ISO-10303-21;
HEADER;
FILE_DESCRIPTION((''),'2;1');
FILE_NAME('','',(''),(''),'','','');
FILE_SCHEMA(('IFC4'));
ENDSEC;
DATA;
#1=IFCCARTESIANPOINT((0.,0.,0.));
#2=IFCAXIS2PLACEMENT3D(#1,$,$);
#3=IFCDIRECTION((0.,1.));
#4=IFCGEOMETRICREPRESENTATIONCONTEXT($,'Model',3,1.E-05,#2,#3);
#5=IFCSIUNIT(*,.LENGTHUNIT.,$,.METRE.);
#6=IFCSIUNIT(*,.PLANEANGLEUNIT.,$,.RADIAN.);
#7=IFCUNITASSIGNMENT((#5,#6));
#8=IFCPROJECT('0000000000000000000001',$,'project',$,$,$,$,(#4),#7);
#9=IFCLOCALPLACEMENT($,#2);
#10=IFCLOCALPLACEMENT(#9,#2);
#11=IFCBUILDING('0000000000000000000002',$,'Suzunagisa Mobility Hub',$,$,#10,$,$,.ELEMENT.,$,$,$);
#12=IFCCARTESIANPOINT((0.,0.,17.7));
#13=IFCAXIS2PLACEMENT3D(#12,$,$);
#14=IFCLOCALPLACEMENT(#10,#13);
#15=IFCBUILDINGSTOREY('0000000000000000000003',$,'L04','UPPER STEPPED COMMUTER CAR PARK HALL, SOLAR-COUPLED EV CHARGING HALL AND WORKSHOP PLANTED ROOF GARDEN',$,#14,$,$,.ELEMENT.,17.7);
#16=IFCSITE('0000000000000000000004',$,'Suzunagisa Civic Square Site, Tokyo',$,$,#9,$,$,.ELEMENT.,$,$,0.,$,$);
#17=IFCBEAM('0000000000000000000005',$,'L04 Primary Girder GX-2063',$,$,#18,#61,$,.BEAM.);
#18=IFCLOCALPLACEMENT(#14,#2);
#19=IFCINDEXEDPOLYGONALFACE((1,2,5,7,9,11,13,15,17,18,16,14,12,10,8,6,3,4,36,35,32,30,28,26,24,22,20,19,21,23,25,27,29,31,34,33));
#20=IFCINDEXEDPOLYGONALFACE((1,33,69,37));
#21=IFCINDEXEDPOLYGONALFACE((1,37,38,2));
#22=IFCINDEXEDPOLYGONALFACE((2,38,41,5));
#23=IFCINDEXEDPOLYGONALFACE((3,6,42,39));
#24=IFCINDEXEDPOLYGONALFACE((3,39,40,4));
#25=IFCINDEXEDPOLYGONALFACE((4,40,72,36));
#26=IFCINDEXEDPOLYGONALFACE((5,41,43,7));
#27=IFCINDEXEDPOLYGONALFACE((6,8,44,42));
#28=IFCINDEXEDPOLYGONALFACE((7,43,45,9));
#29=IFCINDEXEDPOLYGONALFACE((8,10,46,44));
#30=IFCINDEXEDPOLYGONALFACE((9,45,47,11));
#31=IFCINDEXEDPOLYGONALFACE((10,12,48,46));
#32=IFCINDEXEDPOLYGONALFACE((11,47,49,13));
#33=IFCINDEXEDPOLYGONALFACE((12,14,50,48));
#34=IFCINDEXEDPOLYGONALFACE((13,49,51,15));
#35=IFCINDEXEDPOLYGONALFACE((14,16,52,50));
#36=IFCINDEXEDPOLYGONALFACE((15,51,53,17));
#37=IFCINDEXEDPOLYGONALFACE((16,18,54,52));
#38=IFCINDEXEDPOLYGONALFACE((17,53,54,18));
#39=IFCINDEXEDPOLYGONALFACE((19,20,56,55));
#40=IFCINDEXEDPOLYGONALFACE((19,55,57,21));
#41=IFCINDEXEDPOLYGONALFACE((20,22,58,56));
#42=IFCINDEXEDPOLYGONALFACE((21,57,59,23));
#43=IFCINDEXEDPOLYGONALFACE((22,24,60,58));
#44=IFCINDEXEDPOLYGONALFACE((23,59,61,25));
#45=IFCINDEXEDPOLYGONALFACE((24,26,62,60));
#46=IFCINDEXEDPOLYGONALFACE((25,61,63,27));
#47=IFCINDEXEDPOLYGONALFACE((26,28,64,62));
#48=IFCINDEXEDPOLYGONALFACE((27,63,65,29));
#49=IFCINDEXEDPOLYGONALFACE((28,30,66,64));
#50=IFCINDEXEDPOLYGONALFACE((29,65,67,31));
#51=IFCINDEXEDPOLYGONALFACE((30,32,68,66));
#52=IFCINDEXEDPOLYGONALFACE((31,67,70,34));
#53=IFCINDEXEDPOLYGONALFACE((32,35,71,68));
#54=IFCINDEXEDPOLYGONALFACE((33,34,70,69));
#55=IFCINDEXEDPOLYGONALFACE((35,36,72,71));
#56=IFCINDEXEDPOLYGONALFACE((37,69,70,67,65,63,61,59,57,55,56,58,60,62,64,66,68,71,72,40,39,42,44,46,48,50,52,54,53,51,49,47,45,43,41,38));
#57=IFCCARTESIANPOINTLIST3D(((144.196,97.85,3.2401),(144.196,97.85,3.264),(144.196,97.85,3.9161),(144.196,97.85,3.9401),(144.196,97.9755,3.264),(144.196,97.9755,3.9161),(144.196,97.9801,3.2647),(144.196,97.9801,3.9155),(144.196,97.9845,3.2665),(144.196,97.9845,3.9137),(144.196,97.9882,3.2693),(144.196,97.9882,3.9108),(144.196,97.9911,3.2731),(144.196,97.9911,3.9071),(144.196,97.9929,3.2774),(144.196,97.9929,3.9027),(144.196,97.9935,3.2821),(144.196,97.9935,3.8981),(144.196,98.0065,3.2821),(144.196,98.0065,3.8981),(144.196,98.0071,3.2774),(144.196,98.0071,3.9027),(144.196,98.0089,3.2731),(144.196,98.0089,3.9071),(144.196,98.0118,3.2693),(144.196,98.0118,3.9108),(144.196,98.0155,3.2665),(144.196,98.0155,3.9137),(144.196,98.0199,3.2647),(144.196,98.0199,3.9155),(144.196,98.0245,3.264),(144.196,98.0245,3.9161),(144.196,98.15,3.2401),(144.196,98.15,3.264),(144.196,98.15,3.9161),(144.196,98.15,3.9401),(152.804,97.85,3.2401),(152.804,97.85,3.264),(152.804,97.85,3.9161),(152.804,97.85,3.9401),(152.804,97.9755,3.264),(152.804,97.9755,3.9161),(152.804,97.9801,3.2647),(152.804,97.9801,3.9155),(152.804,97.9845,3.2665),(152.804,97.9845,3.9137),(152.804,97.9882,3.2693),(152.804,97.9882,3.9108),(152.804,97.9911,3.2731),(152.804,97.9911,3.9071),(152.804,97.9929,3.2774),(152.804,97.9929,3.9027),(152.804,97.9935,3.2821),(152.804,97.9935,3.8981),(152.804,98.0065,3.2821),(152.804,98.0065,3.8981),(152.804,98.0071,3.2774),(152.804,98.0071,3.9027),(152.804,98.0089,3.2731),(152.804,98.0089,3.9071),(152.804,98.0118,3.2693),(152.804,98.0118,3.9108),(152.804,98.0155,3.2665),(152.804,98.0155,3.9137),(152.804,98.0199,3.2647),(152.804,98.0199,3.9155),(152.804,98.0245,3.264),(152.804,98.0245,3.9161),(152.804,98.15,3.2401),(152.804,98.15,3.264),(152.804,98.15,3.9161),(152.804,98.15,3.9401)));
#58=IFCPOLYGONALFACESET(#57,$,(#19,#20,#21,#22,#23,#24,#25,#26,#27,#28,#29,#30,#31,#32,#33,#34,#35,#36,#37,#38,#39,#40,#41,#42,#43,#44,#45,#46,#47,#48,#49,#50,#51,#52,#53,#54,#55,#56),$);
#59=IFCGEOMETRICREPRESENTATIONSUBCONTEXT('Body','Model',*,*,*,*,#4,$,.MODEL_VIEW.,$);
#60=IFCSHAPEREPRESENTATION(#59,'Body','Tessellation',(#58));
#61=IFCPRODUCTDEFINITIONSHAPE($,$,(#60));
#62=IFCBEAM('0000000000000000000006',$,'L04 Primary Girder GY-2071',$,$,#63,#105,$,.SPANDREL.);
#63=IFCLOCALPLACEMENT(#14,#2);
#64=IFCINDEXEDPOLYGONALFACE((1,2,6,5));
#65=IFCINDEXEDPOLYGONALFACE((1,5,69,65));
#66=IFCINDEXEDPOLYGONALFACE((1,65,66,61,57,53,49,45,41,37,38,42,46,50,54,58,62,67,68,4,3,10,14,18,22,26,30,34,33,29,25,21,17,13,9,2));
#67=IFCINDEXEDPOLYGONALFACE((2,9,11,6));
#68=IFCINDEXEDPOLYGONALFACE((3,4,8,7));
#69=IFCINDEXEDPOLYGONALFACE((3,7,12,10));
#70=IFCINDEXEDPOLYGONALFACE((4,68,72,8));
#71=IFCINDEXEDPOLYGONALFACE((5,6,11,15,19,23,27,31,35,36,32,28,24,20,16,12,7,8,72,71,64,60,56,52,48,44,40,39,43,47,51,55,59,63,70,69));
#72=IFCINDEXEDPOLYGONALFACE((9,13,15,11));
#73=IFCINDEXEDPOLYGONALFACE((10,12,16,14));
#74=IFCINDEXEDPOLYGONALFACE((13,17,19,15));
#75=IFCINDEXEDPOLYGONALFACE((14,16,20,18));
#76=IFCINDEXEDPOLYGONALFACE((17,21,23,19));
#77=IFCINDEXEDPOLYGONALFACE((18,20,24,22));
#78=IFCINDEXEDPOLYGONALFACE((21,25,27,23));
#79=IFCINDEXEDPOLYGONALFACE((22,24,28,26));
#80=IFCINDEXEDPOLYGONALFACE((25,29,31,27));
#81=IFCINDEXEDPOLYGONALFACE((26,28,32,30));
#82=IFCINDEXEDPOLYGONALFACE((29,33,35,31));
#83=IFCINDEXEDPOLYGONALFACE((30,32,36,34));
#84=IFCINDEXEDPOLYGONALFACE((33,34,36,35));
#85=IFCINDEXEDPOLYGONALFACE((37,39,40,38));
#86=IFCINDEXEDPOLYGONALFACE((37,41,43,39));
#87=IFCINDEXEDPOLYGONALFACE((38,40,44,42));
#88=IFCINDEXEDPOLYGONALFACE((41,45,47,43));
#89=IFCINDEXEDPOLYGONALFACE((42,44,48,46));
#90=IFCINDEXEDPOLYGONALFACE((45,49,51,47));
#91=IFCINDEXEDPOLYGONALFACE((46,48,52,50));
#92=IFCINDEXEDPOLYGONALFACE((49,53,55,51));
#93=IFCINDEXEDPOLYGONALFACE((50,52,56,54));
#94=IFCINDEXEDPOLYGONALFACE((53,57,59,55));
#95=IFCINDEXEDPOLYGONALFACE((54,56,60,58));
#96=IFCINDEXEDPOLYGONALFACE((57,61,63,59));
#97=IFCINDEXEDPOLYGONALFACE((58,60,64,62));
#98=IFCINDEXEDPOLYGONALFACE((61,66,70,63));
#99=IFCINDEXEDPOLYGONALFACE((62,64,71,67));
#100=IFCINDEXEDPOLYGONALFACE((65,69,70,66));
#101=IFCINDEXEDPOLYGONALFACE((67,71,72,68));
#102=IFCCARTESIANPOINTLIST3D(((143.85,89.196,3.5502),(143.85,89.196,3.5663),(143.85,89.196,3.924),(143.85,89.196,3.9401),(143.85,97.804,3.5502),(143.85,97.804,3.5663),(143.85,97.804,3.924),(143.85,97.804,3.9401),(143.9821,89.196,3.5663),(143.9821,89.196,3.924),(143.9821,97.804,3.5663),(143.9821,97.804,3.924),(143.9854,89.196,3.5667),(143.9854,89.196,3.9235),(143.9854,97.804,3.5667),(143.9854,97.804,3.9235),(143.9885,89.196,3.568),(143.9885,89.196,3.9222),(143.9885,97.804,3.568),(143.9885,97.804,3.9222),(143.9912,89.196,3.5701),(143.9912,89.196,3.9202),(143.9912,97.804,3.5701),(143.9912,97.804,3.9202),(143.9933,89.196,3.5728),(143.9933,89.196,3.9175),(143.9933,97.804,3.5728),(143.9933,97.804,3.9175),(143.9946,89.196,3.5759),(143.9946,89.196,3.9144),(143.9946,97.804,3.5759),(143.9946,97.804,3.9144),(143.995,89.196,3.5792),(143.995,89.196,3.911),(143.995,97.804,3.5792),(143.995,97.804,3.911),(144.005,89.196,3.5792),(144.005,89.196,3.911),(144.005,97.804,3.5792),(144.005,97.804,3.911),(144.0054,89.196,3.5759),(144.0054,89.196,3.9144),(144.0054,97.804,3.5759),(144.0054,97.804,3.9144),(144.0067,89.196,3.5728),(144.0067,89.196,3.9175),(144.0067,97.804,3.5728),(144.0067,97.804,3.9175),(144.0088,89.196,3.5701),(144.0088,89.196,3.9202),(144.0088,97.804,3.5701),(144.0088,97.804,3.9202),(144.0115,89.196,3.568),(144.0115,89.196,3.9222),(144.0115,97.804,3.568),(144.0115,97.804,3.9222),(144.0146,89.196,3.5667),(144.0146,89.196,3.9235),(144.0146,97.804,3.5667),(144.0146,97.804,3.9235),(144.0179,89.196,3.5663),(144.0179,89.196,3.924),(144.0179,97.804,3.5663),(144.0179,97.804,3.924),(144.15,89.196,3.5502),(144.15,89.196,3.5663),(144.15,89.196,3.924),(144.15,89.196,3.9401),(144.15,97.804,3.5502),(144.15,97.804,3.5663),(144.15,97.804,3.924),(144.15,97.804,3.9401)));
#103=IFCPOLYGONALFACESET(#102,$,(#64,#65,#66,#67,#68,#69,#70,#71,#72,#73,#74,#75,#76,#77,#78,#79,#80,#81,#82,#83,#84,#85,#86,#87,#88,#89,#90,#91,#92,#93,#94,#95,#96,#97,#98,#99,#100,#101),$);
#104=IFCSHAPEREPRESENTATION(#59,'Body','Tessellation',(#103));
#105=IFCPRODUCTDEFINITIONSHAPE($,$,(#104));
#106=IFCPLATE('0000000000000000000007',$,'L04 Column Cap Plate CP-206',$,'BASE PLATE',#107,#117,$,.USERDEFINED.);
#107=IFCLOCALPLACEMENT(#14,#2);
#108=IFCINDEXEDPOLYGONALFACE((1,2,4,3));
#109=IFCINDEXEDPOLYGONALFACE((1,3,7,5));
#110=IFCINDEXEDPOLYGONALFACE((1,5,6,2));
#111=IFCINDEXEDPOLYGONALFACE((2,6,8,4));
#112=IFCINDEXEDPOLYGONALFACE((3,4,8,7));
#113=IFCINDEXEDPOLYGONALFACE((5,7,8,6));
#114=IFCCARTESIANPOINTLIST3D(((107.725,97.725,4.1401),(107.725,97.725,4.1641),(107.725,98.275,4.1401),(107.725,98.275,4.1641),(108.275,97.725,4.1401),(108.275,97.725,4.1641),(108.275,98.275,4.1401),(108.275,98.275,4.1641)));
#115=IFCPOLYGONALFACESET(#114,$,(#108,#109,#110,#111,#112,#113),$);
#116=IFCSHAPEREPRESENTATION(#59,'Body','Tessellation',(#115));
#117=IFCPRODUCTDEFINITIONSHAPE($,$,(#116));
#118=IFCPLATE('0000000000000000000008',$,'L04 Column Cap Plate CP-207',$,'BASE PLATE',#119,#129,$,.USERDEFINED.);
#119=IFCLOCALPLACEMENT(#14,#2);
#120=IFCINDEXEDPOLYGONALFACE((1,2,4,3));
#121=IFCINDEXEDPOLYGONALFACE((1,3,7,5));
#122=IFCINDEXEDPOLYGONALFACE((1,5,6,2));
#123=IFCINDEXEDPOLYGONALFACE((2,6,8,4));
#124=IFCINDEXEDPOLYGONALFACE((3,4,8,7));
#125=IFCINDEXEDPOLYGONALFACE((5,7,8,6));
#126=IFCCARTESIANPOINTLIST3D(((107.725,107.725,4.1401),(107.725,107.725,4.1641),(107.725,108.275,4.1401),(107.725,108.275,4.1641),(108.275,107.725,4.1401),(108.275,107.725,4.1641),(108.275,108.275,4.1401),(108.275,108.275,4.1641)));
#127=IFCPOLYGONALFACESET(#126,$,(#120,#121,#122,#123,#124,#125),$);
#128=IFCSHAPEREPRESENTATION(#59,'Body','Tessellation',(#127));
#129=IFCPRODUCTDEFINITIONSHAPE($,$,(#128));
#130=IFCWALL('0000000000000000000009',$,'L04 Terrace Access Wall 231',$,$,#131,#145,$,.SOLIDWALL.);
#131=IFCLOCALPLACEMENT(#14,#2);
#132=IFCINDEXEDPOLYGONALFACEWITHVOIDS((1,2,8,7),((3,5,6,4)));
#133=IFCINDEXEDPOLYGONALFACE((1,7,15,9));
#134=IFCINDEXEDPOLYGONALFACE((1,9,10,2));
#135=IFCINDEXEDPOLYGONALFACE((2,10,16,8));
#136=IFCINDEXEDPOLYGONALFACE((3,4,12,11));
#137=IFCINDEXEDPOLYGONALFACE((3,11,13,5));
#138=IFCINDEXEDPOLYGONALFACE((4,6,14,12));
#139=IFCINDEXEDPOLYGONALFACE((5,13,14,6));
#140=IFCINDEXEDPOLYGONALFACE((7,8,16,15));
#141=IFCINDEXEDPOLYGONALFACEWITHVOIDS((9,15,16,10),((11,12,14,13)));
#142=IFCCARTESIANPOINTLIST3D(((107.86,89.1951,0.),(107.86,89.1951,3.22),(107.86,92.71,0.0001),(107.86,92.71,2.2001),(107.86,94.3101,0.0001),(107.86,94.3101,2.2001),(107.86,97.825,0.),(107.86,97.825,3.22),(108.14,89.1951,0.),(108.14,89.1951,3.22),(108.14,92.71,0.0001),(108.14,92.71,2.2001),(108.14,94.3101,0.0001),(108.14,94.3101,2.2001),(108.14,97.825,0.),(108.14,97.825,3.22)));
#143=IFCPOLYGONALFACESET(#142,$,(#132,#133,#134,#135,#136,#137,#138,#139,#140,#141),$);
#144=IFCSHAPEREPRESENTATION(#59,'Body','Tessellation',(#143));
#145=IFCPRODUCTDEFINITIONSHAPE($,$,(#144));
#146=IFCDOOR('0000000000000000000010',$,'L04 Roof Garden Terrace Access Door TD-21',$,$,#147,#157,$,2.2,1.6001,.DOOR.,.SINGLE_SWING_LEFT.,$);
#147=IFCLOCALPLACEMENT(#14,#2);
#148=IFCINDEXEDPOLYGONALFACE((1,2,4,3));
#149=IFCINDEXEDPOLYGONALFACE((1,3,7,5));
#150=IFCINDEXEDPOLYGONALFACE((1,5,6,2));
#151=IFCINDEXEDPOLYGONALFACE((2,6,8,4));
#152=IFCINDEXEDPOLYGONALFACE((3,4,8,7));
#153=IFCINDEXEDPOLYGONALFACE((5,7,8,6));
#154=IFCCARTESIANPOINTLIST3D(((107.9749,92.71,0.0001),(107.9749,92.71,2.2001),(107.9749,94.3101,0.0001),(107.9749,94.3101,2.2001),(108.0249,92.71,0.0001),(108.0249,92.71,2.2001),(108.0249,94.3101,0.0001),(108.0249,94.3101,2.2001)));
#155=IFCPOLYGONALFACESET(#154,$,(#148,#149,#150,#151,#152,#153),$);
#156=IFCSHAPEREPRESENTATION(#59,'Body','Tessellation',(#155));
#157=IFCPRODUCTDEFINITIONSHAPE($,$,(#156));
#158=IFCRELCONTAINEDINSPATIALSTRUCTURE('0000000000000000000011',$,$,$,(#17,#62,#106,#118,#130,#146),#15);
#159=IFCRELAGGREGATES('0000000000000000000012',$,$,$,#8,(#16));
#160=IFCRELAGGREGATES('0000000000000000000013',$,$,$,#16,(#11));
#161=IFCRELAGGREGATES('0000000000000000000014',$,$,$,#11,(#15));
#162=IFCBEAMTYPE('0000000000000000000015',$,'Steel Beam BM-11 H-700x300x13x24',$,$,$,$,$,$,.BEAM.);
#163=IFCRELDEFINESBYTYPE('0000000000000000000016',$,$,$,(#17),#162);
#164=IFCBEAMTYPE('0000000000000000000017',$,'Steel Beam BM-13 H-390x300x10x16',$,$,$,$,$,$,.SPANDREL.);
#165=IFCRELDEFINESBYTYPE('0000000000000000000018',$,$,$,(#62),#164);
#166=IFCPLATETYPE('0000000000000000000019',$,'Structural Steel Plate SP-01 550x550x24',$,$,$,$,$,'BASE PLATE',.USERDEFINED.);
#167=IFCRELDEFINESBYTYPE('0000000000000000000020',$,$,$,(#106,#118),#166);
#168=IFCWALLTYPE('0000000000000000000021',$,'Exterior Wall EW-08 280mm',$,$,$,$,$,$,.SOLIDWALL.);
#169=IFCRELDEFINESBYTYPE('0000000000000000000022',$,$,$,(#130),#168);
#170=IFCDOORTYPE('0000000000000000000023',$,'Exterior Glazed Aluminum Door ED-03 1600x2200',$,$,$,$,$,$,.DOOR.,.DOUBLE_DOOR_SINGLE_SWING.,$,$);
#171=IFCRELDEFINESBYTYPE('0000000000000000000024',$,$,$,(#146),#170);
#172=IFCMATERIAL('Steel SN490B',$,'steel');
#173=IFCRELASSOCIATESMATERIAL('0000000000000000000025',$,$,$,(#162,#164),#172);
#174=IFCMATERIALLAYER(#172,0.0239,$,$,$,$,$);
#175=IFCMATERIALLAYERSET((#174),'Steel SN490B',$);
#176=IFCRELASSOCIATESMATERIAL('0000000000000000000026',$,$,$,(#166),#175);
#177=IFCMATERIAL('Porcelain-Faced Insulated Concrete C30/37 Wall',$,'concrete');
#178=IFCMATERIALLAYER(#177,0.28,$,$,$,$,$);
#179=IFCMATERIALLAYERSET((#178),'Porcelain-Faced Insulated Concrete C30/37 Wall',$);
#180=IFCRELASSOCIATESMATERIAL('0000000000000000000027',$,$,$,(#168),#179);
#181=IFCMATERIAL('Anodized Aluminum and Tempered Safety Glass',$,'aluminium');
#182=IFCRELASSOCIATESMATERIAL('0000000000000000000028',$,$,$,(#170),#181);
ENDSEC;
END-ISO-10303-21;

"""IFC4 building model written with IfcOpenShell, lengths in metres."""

from ifc_helpers import new_model, si_unit, direction, frame, frame_2d, origin, origin_2d, place, context, subcontext, project, spatial, rectangle, i_section, extrude, material, layer, layer_set, material_profile, profile_set, type_object, element, fill, save


model = new_model("IFC4")

# Units and contexts
model_context = context("Model", 3, precision=1e-05, world=origin(), true_north=direction((0.0, 1.0)))
body_context = subcontext(model_context, "Body", "Model", "MODEL_VIEW")
ifc_project = project(units=[si_unit("LENGTHUNIT", "METRE"), si_unit("PLANEANGLEUNIT", "RADIAN")], contexts=[model_context])

# Site, building, storey
site_placement = place(None, origin())
site = spatial("IfcSite", under=ifc_project, at=site_placement, Name="Suzunagisa Civic Square Site, Tokyo", CompositionType="ELEMENT", RefElevation=0.0)
building_placement = place(site_placement, origin())
building = spatial("IfcBuilding", under=site, at=building_placement, Name="Suzunagisa Mobility Hub", CompositionType="ELEMENT")
storey_placement = place(building_placement, frame((0.0, 0.0, 17.7)))
storey = spatial("IfcBuildingStorey", under=building, at=storey_placement, Name="L04", Description="UPPER STEPPED COMMUTER CAR PARK HALL, SOLAR-COUPLED EV CHARGING HALL AND WORKSHOP PLANTED ROOF GARDEN", CompositionType="ELEMENT", Elevation=17.7)

# Shared definitions
ifc_material_1 = material(Name="Steel SN490B", Category="steel")

# Beams
ifc_material_profile_1 = material_profile(ifc_material_1, i_section(OverallWidth=0.3, OverallDepth=0.7, WebThickness=0.0129, FlangeThickness=0.0239, FilletRadius=0.0181, at=origin_2d()), Name="H-700x300x13x24")
ifc_profile_set_1 = profile_set([ifc_material_profile_1], Name="Steel SN490B")
beam_type_1 = type_object("IfcBeamType", Name="Steel Beam BM-11 H-700x300x13x24", PredefinedType="BEAM", material=ifc_profile_set_1)
for number, where, z_axis, x_axis, name in (
    (1, (144.196, 98.0, 3.5901), (1.0, 0.0, 0.0), (0.0, 1.0, 0.0), "L04 Primary Girder GX-2063"),
):
    element("IfcBeam", number, at=place(storey_placement, frame(where, z_axis=z_axis, x_axis=x_axis)), inside=storey, type_object=beam_type_1, Name=name, PredefinedType="BEAM", context=body_context, shape_type="SweptSolid", body=[
        extrude(i_section(OverallWidth=0.3, OverallDepth=0.7, WebThickness=0.0129, FlangeThickness=0.0239, FilletRadius=0.0181, at=origin_2d()), origin(), (0.0, 0.0, 1.0), 8.6079),
    ])
ifc_material_profile_2 = material_profile(ifc_material_1, i_section(OverallWidth=0.3, OverallDepth=0.3899, WebThickness=0.01, FlangeThickness=0.0161, FilletRadius=0.0129, at=origin_2d()), Name="H-390x300x10x16")
ifc_profile_set_2 = profile_set([ifc_material_profile_2], Name="Steel SN490B")
beam_type_2 = type_object("IfcBeamType", Name="Steel Beam BM-13 H-390x300x10x16", PredefinedType="SPANDREL", material=ifc_profile_set_2)
beam_1_placement = place(storey_placement, frame((144.0, 89.196, 3.7451), z_axis=(0.0, 1.0, 0.0), x_axis=(-1.0, 0.0, 0.0)))
element("IfcBeam", 2, at=beam_1_placement, inside=storey, type_object=beam_type_2, Name="L04 Primary Girder GY-2071", PredefinedType="SPANDREL", context=body_context, shape_type="SweptSolid", body=[
    extrude(i_section(OverallWidth=0.3, OverallDepth=0.3899, WebThickness=0.01, FlangeThickness=0.0161, FilletRadius=0.0129, at=origin_2d()), origin(), (0.0, 0.0, 1.0), 8.6079),
])

# Plates
ifc_layer_1 = layer(ifc_material_1, 0.0239)
ifc_layer_set_1 = layer_set([ifc_layer_1], Name="Steel SN490B")
plate_type = type_object("IfcPlateType", Name="Structural Steel Plate SP-01 550x550x24", ElementType="BASE PLATE", PredefinedType="USERDEFINED", material=ifc_layer_set_1)
for number, where, z_axis, x_axis, name in (
    (3, (108.0, 98.0, 4.1401), (0.0, 0.0, 1.0), (1.0, 0.0, 0.0), "L04 Column Cap Plate CP-206"),
    (4, (108.0, 108.0, 4.1401), (0.0, 0.0, 1.0), (1.0, 0.0, 0.0), "L04 Column Cap Plate CP-207"),
):
    element("IfcPlate", number, at=place(storey_placement, frame(where, z_axis=z_axis, x_axis=x_axis)), inside=storey, type_object=plate_type, Name=name, ObjectType="BASE PLATE", PredefinedType="USERDEFINED", context=body_context, shape_type="SweptSolid", body=[
        extrude(rectangle(XDim=0.55, YDim=0.55, at=origin_2d()), origin(), (0.0, 0.0, 1.0), 0.0239),
    ])

# Wall, opening, door
ifc_material_2 = material(Name="Porcelain-Faced Insulated Concrete C30/37 Wall", Category="concrete")
ifc_layer_2 = layer(ifc_material_2, 0.28)
ifc_layer_set_2 = layer_set([ifc_layer_2], Name="Porcelain-Faced Insulated Concrete C30/37 Wall")
wall_type_1 = type_object("IfcWallType", Name="Exterior Wall EW-08 280mm", PredefinedType="SOLIDWALL", material=ifc_layer_set_2)
wall_1_placement = place(storey_placement, frame((108.0, 89.1951, 0.0), z_axis=(0.0, 0.0, 1.0), x_axis=(0.0, 1.0, 0.0)))
wall_1 = element("IfcWall", 5, at=wall_1_placement, inside=storey, type_object=wall_type_1, Name="L04 Terrace Access Wall 231", PredefinedType="SOLIDWALL", context=body_context, shape_type="SweptSolid", body=[
    extrude(rectangle(XDim=8.6299, YDim=0.28, at=frame_2d((4.3149, 0.0))), origin(), (0.0, 0.0, 1.0), 3.22),
])
opening_1_placement = place(wall_1_placement, frame((5.115, 0.0, 0.0), z_axis=(0.0, 0.0, 1.0), x_axis=(-1.0, 0.0, 0.0)))
opening_1 = element("IfcOpeningElement", 6, at=opening_1_placement, cuts=wall_1, PredefinedType="OPENING", context=body_context, shape_type="SweptSolid", body=[
    extrude(rectangle(XDim=1.6001, YDim=2.2, at=frame_2d((0.8, 1.1001))), frame((0.0, 0.1509, 0.0), z_axis=(0.0, -1.0, 0.0), x_axis=(1.0, 0.0, 0.0)), (0.0, 0.0, 1.0), 0.302),
])
ifc_material_3 = material(Name="Anodized Aluminum and Tempered Safety Glass", Category="aluminium")
door_type_1 = type_object("IfcDoorType", Name="Exterior Glazed Aluminum Door ED-03 1600x2200", OperationType="DOUBLE_DOOR_SINGLE_SWING", PredefinedType="DOOR", material=ifc_material_3)
door_1_placement = place(opening_1_placement, origin())
door_1 = element("IfcDoor", 7, at=door_1_placement, inside=storey, type_object=door_type_1, Name="L04 Roof Garden Terrace Access Door TD-21", OperationType="SINGLE_SWING_LEFT", OverallHeight=2.2, OverallWidth=1.6001, PredefinedType="DOOR", context=body_context, shape_type="SweptSolid", body=[
    extrude(rectangle(XDim=1.6001, YDim=2.2, at=frame_2d((0.8, 1.1001))), frame((0.0, 0.0249, 0.0), z_axis=(0.0, -1.0, 0.0), x_axis=(1.0, 0.0, 0.0)), (0.0, 0.0, 1.0), 0.05),
])
fill(opening_1, door_1)

save(model, "model.ifc")
